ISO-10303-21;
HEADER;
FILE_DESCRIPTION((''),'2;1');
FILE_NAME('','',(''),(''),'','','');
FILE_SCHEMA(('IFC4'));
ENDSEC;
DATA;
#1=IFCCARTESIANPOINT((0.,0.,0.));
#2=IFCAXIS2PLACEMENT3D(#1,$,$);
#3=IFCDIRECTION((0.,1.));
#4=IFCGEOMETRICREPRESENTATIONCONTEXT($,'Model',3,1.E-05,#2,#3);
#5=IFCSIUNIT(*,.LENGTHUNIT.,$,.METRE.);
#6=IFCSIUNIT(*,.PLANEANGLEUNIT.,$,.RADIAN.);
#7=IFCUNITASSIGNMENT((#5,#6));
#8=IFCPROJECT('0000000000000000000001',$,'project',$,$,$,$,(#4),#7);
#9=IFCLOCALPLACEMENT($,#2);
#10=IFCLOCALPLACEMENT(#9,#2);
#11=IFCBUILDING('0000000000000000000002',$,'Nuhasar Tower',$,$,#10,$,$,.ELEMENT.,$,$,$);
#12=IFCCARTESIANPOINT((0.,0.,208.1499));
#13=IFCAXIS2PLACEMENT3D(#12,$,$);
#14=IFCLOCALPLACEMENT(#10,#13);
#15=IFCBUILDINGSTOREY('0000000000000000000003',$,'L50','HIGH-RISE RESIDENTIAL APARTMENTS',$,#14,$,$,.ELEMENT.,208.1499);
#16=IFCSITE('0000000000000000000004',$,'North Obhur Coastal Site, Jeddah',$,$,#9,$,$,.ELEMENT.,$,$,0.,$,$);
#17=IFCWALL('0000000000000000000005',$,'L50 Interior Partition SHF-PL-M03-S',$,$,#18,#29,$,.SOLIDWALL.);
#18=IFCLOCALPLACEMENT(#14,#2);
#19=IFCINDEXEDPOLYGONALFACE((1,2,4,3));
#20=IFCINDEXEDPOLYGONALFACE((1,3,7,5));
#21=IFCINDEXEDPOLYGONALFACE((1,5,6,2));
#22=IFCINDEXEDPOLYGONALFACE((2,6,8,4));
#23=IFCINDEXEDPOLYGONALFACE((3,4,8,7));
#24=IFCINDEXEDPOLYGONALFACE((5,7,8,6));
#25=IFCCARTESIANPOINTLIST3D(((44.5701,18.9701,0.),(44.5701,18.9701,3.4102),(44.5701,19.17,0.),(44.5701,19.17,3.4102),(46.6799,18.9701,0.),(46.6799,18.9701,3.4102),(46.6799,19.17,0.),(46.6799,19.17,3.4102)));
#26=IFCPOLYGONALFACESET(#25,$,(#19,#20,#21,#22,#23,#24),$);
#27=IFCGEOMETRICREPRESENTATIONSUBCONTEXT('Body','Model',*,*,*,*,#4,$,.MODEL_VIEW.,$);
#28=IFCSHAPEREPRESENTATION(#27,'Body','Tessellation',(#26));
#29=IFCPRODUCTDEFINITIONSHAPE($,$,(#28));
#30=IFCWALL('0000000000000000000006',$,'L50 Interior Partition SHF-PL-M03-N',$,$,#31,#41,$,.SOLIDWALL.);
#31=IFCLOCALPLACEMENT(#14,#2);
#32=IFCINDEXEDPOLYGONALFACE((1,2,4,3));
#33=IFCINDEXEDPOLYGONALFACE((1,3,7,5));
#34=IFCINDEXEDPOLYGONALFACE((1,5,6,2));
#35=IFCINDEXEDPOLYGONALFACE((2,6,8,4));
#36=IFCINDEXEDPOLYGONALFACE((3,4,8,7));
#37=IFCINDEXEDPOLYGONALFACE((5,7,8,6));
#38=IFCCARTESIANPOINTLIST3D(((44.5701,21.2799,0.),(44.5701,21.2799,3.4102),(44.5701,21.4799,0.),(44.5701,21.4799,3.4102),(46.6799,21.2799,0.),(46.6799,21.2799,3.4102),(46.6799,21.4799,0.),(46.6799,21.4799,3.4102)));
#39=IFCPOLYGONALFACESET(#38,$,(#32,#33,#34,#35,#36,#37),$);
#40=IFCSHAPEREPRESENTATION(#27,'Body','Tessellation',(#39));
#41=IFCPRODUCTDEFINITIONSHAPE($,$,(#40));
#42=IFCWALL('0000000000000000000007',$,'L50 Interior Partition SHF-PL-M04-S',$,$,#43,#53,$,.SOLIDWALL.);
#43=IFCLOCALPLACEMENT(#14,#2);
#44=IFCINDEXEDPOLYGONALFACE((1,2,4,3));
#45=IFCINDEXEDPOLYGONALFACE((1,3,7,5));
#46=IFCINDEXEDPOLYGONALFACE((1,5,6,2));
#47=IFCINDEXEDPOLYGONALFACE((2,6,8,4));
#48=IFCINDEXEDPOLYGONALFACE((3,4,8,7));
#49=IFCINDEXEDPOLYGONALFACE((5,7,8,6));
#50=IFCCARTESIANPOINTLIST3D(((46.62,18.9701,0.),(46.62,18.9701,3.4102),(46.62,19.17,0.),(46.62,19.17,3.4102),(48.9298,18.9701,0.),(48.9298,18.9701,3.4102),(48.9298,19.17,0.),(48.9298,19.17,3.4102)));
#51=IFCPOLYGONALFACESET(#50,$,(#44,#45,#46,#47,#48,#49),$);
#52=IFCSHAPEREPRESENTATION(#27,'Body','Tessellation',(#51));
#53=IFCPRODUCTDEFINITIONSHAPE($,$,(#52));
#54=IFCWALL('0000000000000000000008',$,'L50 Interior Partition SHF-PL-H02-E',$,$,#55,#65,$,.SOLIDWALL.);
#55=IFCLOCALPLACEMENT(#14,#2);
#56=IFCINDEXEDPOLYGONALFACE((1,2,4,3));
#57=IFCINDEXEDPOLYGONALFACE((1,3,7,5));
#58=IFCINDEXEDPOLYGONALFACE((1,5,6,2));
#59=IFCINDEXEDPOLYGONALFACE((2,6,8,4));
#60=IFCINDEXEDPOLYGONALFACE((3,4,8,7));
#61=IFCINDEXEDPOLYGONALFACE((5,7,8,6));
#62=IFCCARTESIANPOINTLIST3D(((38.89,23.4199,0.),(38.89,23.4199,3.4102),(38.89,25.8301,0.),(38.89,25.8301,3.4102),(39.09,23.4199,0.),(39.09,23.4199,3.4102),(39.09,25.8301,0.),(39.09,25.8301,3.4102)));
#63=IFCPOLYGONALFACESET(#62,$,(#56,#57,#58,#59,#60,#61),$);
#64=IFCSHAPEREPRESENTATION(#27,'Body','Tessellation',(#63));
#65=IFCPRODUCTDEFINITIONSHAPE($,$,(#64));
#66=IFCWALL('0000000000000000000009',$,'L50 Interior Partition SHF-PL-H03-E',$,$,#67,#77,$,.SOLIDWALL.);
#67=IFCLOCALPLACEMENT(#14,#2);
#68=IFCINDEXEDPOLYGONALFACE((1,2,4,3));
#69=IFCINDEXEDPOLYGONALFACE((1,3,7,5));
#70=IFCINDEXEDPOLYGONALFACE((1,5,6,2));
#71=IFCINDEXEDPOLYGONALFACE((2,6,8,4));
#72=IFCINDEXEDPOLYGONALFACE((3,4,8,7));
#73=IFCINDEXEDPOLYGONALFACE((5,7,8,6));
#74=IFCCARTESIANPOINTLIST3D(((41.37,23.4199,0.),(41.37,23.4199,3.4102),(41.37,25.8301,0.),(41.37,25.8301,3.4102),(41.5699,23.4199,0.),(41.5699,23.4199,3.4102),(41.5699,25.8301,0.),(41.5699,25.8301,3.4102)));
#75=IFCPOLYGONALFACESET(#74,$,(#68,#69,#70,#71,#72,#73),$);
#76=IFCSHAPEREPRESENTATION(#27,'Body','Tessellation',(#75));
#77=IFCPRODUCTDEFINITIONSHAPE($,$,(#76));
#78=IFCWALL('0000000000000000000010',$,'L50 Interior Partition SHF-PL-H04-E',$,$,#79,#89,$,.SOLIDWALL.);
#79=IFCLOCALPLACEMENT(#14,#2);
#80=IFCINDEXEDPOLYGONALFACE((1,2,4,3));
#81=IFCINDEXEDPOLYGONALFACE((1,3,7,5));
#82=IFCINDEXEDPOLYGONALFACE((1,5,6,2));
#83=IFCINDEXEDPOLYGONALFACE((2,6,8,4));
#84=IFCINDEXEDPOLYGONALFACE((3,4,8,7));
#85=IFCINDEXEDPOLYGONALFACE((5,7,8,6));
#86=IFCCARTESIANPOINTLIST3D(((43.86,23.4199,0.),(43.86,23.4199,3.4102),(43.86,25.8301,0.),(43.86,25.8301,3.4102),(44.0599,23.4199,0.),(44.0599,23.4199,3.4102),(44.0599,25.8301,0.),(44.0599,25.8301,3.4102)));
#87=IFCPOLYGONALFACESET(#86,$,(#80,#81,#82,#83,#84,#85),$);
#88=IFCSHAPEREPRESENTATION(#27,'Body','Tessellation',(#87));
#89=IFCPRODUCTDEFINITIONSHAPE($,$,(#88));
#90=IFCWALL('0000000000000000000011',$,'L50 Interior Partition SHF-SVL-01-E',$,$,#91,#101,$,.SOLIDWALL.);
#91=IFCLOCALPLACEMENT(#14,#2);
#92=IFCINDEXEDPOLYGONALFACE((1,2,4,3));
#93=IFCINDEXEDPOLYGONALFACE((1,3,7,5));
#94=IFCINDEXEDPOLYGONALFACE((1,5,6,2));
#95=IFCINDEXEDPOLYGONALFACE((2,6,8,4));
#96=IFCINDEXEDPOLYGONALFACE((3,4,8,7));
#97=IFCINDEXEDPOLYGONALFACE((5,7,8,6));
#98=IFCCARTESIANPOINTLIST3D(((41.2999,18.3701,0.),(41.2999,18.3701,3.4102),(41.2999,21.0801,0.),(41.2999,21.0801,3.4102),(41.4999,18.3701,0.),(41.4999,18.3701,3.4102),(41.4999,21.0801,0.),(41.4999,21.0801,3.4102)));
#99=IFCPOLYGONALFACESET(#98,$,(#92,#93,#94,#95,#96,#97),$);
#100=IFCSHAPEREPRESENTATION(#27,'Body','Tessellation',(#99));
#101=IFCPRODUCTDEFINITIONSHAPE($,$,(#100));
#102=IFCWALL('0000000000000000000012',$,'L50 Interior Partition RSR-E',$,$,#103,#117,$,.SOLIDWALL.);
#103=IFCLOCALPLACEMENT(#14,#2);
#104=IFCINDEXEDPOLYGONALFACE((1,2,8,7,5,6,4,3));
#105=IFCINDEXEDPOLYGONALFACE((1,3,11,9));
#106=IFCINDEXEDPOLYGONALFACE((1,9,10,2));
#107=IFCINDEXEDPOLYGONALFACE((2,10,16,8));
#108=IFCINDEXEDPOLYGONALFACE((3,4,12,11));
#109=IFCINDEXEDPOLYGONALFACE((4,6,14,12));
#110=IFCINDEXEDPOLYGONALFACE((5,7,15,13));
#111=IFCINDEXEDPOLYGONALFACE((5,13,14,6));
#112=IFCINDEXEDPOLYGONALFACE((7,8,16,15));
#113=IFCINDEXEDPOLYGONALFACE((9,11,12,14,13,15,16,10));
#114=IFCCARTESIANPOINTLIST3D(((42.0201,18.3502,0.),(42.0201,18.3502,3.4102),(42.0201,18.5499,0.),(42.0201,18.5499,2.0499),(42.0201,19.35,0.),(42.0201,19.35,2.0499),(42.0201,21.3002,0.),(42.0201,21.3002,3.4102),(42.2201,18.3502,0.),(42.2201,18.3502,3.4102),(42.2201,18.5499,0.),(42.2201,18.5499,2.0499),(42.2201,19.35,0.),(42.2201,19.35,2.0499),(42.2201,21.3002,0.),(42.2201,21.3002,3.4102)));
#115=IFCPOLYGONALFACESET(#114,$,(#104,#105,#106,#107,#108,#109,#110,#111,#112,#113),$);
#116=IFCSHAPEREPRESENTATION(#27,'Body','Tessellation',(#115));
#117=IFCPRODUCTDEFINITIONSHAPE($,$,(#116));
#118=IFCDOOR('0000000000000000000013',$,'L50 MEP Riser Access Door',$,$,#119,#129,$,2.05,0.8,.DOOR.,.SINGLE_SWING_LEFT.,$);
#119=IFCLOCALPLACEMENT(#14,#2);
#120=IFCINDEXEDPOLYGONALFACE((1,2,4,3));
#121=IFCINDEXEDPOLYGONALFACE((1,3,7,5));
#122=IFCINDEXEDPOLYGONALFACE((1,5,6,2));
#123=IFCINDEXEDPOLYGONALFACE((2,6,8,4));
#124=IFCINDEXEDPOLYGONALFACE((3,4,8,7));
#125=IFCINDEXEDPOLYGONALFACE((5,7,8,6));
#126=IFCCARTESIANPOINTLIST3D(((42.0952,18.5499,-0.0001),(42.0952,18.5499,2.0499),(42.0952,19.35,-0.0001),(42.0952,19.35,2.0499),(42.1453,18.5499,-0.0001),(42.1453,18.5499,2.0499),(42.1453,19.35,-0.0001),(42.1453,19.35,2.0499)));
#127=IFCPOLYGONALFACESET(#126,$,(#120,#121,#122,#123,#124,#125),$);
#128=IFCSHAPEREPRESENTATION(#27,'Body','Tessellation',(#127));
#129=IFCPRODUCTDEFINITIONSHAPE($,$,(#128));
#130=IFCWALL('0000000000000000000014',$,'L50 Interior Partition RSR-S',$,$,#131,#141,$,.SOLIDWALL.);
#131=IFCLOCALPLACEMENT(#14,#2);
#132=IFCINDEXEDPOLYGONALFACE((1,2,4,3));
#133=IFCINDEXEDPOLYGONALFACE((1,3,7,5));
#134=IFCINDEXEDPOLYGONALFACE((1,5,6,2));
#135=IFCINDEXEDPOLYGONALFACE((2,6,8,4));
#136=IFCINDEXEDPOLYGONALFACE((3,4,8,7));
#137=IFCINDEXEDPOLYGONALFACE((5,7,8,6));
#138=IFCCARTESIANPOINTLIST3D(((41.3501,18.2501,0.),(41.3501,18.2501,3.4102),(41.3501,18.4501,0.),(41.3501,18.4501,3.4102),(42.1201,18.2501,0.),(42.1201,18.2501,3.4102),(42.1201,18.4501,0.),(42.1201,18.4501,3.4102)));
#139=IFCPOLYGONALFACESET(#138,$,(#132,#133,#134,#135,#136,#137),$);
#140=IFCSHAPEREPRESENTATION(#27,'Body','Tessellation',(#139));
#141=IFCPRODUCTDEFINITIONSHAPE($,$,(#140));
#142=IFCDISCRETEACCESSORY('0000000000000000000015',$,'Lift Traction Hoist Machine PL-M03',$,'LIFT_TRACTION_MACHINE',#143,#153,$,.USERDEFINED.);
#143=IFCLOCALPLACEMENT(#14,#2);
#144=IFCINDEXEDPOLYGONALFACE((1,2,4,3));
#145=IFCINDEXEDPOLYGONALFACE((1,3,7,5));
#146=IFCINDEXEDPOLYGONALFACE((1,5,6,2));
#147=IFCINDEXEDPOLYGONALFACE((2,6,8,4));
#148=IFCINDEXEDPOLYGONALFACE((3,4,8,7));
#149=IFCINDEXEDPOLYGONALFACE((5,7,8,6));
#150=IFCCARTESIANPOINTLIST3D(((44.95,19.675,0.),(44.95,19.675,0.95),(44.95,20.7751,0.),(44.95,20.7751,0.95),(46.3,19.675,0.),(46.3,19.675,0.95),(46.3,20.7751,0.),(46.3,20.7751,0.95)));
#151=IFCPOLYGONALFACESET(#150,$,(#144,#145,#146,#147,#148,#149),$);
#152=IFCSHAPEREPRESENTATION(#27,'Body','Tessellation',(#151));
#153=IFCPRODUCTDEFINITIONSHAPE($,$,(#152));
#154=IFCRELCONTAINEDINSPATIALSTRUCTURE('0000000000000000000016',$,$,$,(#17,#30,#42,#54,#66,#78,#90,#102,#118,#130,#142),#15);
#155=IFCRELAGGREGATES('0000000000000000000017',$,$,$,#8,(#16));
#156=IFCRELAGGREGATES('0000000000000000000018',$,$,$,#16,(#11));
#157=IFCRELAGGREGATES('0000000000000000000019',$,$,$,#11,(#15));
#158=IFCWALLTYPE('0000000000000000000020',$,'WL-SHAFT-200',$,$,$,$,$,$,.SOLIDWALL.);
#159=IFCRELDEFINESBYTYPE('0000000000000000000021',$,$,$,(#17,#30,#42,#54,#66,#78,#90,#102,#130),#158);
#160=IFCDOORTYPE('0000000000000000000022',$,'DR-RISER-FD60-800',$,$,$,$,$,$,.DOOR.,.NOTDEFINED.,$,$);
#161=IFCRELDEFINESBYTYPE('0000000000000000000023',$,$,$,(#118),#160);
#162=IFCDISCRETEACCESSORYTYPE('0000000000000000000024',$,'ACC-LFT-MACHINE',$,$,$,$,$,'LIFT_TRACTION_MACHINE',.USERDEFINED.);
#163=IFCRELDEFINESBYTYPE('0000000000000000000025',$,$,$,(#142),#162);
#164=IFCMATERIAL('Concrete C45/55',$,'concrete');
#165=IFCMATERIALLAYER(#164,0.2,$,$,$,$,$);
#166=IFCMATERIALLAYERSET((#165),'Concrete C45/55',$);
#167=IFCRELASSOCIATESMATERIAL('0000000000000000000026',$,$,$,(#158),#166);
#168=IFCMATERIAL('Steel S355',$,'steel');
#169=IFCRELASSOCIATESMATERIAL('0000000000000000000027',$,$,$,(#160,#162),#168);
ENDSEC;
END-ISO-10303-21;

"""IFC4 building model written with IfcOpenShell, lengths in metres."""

from ifc_helpers import new_model, si_unit, direction, frame, frame_2d, origin, origin_2d, place, context, subcontext, project, spatial, rectangle, extrude, material, layer, layer_set, type_object, element, fill, save


model = new_model("IFC4")

# Units and contexts
model_context = context("Model", 3, precision=1e-05, world=origin(), true_north=direction((0.0, 1.0)))
body_context = subcontext(model_context, "Body", "Model", "MODEL_VIEW")
ifc_project = project(units=[si_unit("LENGTHUNIT", "METRE"), si_unit("PLANEANGLEUNIT", "RADIAN")], contexts=[model_context])

# Site, building, storey
site_placement = place(None, origin())
site = spatial("IfcSite", under=ifc_project, at=site_placement, Name="North Obhur Coastal Site, Jeddah", CompositionType="ELEMENT", RefElevation=0.0)
building_placement = place(site_placement, origin())
building = spatial("IfcBuilding", under=site, at=building_placement, Name="Nuhasar Tower", CompositionType="ELEMENT")
storey_placement = place(building_placement, frame((0.0, 0.0, 208.1499)))
storey = spatial("IfcBuildingStorey", under=building, at=storey_placement, Name="L50", Description="HIGH-RISE RESIDENTIAL APARTMENTS", CompositionType="ELEMENT", Elevation=208.1499)

# Shared definitions
ifc_material_1 = material(Name="Steel S355", Category="steel")

# Shared definitions
ifc_material_2 = material(Name="Concrete C45/55", Category="concrete")

# Walls
ifc_layer_1 = layer(ifc_material_2, 0.2)
ifc_layer_set_1 = layer_set([ifc_layer_1], Name="Concrete C45/55")
wall_type_1 = type_object("IfcWallType", Name="WL-SHAFT-200", PredefinedType="SOLIDWALL", material=ifc_layer_set_1)
for number, where, z_axis, x_axis, name in (
    (1, (44.5701, 19.0701, 0.0), (0.0, 0.0, 1.0), (1.0, 0.0, 0.0), "L50 Interior Partition SHF-PL-M03-S"),
    (2, (44.5701, 21.3799, 0.0), (0.0, 0.0, 1.0), (1.0, 0.0, 0.0), "L50 Interior Partition SHF-PL-M03-N"),
):
    element("IfcWall", number, at=place(storey_placement, frame(where, z_axis=z_axis, x_axis=x_axis)), inside=storey, type_object=wall_type_1, Name=name, PredefinedType="SOLIDWALL", context=body_context, shape_type="SweptSolid", body=[
        extrude(rectangle(XDim=2.1099, YDim=0.2, at=frame_2d((1.0549, 0.0))), origin(), (0.0, 0.0, 1.0), 3.4102),
    ])
wall_1_placement = place(storey_placement, frame((46.6201, 19.0701, 0.0), z_axis=(0.0, 0.0, 1.0), x_axis=(1.0, 0.0, 0.0)))
element("IfcWall", 3, at=wall_1_placement, inside=storey, type_object=wall_type_1, Name="L50 Interior Partition SHF-PL-M04-S", PredefinedType="SOLIDWALL", context=body_context, shape_type="SweptSolid", body=[
    extrude(rectangle(XDim=2.3098, YDim=0.2, at=frame_2d((1.1548, 0.0))), origin(), (0.0, 0.0, 1.0), 3.4102),
])
for number, where, z_axis, x_axis, name in (
    (4, (38.99, 23.4199, 0.0), (0.0, 0.0, 1.0), (0.0, 1.0, 0.0), "L50 Interior Partition SHF-PL-H02-E"),
    (5, (41.47, 23.4199, 0.0), (0.0, 0.0, 1.0), (0.0, 1.0, 0.0), "L50 Interior Partition SHF-PL-H03-E"),
):
    element("IfcWall", number, at=place(storey_placement, frame(where, z_axis=z_axis, x_axis=x_axis)), inside=storey, type_object=wall_type_1, Name=name, PredefinedType="SOLIDWALL", context=body_context, shape_type="SweptSolid", body=[
        extrude(rectangle(XDim=2.4102, YDim=0.2, at=frame_2d((1.2051, 0.0))), origin(), (0.0, 0.0, 1.0), 3.4102),
    ])

# Walls
wall_2_placement = place(storey_placement, frame((43.96, 23.4199, 0.0), z_axis=(0.0, 0.0, 1.0), x_axis=(0.0, 1.0, 0.0)))
element("IfcWall", 6, at=wall_2_placement, inside=storey, type_object=wall_type_1, Name="L50 Interior Partition SHF-PL-H04-E", PredefinedType="SOLIDWALL", context=body_context, shape_type="SweptSolid", body=[
    extrude(rectangle(XDim=2.4102, YDim=0.2, at=frame_2d((1.2051, 0.0))), origin(), (0.0, 0.0, 1.0), 3.4102),
])
wall_3_placement = place(storey_placement, frame((41.3999, 18.3701, 0.0), z_axis=(0.0, 0.0, 1.0), x_axis=(0.0, 1.0, 0.0)))
element("IfcWall", 7, at=wall_3_placement, inside=storey, type_object=wall_type_1, Name="L50 Interior Partition SHF-SVL-01-E", PredefinedType="SOLIDWALL", context=body_context, shape_type="SweptSolid", body=[
    extrude(rectangle(XDim=2.71, YDim=0.2, at=frame_2d((1.355, 0.0))), origin(), (0.0, 0.0, 1.0), 3.4102),
])

# Wall, opening, door
wall_4_placement = place(storey_placement, frame((42.1201, 18.3501, 0.0), z_axis=(0.0, 0.0, 1.0), x_axis=(0.0, 1.0, 0.0)))
wall_4 = element("IfcWall", 8, at=wall_4_placement, inside=storey, type_object=wall_type_1, Name="L50 Interior Partition RSR-E", PredefinedType="SOLIDWALL", context=body_context, shape_type="SweptSolid", body=[
    extrude(rectangle(XDim=2.95, YDim=0.2, at=frame_2d((1.4751, 0.0))), origin(), (0.0, 0.0, 1.0), 3.4102),
])
opening_1_placement = place(wall_4_placement, frame((0.2, 0.0, 0.0)))
opening_1 = element("IfcOpeningElement", 9, at=opening_1_placement, cuts=wall_4, PredefinedType="OPENING", context=body_context, shape_type="SweptSolid", body=[
    extrude(rectangle(XDim=0.8, YDim=2.05, at=frame_2d((0.3999, 1.0249))), frame((0.0, 0.1099, 0.0), z_axis=(0.0, -1.0, 0.0), x_axis=(1.0, 0.0, 0.0)), (0.0, 0.0, 1.0), 0.22),
])
door_type_1 = type_object("IfcDoorType", Name="DR-RISER-FD60-800", OperationType="NOTDEFINED", PredefinedType="DOOR", material=ifc_material_1)
door_1_placement = place(opening_1_placement, origin())
door_1 = element("IfcDoor", 10, at=door_1_placement, inside=storey, type_object=door_type_1, Name="L50 MEP Riser Access Door", OperationType="SINGLE_SWING_LEFT", OverallHeight=2.05, OverallWidth=0.8, PredefinedType="DOOR", context=body_context, shape_type="SweptSolid", body=[
    extrude(rectangle(XDim=0.8, YDim=2.05, at=frame_2d((0.3999, 1.0249))), frame((0.0, 0.0249, 0.0), z_axis=(0.0, -1.0, 0.0), x_axis=(1.0, 0.0, 0.0)), (0.0, 0.0, 1.0), 0.05),
])
fill(opening_1, door_1)

# Wall
wall_5_placement = place(storey_placement, frame((41.3501, 18.3501, 0.0), z_axis=(0.0, 0.0, 1.0), x_axis=(1.0, 0.0, 0.0)))
element("IfcWall", 11, at=wall_5_placement, inside=storey, type_object=wall_type_1, Name="L50 Interior Partition RSR-S", PredefinedType="SOLIDWALL", context=body_context, shape_type="SweptSolid", body=[
    extrude(rectangle(XDim=0.77, YDim=0.2, at=frame_2d((0.385, 0.0))), origin(), (0.0, 0.0, 1.0), 3.4102),
])

# Discrete accessory
discrete_accessory_type = type_object("IfcDiscreteAccessoryType", Name="ACC-LFT-MACHINE", ElementType="LIFT_TRACTION_MACHINE", PredefinedType="USERDEFINED", material=ifc_material_1)
discrete_accessory_placement = place(storey_placement, frame((45.625, 20.2251, 0.0), z_axis=(0.0, 0.0, 1.0), x_axis=(1.0, 0.0, 0.0)))
element("IfcDiscreteAccessory", 12, at=discrete_accessory_placement, inside=storey, type_object=discrete_accessory_type, Name="Lift Traction Hoist Machine PL-M03", ObjectType="LIFT_TRACTION_MACHINE", PredefinedType="USERDEFINED", context=body_context, shape_type="SweptSolid", body=[
    extrude(rectangle(XDim=1.3501, YDim=1.1001, at=origin_2d()), origin(), (0.0, 0.0, 1.0), 0.95),
])

save(model, "model.ifc")
